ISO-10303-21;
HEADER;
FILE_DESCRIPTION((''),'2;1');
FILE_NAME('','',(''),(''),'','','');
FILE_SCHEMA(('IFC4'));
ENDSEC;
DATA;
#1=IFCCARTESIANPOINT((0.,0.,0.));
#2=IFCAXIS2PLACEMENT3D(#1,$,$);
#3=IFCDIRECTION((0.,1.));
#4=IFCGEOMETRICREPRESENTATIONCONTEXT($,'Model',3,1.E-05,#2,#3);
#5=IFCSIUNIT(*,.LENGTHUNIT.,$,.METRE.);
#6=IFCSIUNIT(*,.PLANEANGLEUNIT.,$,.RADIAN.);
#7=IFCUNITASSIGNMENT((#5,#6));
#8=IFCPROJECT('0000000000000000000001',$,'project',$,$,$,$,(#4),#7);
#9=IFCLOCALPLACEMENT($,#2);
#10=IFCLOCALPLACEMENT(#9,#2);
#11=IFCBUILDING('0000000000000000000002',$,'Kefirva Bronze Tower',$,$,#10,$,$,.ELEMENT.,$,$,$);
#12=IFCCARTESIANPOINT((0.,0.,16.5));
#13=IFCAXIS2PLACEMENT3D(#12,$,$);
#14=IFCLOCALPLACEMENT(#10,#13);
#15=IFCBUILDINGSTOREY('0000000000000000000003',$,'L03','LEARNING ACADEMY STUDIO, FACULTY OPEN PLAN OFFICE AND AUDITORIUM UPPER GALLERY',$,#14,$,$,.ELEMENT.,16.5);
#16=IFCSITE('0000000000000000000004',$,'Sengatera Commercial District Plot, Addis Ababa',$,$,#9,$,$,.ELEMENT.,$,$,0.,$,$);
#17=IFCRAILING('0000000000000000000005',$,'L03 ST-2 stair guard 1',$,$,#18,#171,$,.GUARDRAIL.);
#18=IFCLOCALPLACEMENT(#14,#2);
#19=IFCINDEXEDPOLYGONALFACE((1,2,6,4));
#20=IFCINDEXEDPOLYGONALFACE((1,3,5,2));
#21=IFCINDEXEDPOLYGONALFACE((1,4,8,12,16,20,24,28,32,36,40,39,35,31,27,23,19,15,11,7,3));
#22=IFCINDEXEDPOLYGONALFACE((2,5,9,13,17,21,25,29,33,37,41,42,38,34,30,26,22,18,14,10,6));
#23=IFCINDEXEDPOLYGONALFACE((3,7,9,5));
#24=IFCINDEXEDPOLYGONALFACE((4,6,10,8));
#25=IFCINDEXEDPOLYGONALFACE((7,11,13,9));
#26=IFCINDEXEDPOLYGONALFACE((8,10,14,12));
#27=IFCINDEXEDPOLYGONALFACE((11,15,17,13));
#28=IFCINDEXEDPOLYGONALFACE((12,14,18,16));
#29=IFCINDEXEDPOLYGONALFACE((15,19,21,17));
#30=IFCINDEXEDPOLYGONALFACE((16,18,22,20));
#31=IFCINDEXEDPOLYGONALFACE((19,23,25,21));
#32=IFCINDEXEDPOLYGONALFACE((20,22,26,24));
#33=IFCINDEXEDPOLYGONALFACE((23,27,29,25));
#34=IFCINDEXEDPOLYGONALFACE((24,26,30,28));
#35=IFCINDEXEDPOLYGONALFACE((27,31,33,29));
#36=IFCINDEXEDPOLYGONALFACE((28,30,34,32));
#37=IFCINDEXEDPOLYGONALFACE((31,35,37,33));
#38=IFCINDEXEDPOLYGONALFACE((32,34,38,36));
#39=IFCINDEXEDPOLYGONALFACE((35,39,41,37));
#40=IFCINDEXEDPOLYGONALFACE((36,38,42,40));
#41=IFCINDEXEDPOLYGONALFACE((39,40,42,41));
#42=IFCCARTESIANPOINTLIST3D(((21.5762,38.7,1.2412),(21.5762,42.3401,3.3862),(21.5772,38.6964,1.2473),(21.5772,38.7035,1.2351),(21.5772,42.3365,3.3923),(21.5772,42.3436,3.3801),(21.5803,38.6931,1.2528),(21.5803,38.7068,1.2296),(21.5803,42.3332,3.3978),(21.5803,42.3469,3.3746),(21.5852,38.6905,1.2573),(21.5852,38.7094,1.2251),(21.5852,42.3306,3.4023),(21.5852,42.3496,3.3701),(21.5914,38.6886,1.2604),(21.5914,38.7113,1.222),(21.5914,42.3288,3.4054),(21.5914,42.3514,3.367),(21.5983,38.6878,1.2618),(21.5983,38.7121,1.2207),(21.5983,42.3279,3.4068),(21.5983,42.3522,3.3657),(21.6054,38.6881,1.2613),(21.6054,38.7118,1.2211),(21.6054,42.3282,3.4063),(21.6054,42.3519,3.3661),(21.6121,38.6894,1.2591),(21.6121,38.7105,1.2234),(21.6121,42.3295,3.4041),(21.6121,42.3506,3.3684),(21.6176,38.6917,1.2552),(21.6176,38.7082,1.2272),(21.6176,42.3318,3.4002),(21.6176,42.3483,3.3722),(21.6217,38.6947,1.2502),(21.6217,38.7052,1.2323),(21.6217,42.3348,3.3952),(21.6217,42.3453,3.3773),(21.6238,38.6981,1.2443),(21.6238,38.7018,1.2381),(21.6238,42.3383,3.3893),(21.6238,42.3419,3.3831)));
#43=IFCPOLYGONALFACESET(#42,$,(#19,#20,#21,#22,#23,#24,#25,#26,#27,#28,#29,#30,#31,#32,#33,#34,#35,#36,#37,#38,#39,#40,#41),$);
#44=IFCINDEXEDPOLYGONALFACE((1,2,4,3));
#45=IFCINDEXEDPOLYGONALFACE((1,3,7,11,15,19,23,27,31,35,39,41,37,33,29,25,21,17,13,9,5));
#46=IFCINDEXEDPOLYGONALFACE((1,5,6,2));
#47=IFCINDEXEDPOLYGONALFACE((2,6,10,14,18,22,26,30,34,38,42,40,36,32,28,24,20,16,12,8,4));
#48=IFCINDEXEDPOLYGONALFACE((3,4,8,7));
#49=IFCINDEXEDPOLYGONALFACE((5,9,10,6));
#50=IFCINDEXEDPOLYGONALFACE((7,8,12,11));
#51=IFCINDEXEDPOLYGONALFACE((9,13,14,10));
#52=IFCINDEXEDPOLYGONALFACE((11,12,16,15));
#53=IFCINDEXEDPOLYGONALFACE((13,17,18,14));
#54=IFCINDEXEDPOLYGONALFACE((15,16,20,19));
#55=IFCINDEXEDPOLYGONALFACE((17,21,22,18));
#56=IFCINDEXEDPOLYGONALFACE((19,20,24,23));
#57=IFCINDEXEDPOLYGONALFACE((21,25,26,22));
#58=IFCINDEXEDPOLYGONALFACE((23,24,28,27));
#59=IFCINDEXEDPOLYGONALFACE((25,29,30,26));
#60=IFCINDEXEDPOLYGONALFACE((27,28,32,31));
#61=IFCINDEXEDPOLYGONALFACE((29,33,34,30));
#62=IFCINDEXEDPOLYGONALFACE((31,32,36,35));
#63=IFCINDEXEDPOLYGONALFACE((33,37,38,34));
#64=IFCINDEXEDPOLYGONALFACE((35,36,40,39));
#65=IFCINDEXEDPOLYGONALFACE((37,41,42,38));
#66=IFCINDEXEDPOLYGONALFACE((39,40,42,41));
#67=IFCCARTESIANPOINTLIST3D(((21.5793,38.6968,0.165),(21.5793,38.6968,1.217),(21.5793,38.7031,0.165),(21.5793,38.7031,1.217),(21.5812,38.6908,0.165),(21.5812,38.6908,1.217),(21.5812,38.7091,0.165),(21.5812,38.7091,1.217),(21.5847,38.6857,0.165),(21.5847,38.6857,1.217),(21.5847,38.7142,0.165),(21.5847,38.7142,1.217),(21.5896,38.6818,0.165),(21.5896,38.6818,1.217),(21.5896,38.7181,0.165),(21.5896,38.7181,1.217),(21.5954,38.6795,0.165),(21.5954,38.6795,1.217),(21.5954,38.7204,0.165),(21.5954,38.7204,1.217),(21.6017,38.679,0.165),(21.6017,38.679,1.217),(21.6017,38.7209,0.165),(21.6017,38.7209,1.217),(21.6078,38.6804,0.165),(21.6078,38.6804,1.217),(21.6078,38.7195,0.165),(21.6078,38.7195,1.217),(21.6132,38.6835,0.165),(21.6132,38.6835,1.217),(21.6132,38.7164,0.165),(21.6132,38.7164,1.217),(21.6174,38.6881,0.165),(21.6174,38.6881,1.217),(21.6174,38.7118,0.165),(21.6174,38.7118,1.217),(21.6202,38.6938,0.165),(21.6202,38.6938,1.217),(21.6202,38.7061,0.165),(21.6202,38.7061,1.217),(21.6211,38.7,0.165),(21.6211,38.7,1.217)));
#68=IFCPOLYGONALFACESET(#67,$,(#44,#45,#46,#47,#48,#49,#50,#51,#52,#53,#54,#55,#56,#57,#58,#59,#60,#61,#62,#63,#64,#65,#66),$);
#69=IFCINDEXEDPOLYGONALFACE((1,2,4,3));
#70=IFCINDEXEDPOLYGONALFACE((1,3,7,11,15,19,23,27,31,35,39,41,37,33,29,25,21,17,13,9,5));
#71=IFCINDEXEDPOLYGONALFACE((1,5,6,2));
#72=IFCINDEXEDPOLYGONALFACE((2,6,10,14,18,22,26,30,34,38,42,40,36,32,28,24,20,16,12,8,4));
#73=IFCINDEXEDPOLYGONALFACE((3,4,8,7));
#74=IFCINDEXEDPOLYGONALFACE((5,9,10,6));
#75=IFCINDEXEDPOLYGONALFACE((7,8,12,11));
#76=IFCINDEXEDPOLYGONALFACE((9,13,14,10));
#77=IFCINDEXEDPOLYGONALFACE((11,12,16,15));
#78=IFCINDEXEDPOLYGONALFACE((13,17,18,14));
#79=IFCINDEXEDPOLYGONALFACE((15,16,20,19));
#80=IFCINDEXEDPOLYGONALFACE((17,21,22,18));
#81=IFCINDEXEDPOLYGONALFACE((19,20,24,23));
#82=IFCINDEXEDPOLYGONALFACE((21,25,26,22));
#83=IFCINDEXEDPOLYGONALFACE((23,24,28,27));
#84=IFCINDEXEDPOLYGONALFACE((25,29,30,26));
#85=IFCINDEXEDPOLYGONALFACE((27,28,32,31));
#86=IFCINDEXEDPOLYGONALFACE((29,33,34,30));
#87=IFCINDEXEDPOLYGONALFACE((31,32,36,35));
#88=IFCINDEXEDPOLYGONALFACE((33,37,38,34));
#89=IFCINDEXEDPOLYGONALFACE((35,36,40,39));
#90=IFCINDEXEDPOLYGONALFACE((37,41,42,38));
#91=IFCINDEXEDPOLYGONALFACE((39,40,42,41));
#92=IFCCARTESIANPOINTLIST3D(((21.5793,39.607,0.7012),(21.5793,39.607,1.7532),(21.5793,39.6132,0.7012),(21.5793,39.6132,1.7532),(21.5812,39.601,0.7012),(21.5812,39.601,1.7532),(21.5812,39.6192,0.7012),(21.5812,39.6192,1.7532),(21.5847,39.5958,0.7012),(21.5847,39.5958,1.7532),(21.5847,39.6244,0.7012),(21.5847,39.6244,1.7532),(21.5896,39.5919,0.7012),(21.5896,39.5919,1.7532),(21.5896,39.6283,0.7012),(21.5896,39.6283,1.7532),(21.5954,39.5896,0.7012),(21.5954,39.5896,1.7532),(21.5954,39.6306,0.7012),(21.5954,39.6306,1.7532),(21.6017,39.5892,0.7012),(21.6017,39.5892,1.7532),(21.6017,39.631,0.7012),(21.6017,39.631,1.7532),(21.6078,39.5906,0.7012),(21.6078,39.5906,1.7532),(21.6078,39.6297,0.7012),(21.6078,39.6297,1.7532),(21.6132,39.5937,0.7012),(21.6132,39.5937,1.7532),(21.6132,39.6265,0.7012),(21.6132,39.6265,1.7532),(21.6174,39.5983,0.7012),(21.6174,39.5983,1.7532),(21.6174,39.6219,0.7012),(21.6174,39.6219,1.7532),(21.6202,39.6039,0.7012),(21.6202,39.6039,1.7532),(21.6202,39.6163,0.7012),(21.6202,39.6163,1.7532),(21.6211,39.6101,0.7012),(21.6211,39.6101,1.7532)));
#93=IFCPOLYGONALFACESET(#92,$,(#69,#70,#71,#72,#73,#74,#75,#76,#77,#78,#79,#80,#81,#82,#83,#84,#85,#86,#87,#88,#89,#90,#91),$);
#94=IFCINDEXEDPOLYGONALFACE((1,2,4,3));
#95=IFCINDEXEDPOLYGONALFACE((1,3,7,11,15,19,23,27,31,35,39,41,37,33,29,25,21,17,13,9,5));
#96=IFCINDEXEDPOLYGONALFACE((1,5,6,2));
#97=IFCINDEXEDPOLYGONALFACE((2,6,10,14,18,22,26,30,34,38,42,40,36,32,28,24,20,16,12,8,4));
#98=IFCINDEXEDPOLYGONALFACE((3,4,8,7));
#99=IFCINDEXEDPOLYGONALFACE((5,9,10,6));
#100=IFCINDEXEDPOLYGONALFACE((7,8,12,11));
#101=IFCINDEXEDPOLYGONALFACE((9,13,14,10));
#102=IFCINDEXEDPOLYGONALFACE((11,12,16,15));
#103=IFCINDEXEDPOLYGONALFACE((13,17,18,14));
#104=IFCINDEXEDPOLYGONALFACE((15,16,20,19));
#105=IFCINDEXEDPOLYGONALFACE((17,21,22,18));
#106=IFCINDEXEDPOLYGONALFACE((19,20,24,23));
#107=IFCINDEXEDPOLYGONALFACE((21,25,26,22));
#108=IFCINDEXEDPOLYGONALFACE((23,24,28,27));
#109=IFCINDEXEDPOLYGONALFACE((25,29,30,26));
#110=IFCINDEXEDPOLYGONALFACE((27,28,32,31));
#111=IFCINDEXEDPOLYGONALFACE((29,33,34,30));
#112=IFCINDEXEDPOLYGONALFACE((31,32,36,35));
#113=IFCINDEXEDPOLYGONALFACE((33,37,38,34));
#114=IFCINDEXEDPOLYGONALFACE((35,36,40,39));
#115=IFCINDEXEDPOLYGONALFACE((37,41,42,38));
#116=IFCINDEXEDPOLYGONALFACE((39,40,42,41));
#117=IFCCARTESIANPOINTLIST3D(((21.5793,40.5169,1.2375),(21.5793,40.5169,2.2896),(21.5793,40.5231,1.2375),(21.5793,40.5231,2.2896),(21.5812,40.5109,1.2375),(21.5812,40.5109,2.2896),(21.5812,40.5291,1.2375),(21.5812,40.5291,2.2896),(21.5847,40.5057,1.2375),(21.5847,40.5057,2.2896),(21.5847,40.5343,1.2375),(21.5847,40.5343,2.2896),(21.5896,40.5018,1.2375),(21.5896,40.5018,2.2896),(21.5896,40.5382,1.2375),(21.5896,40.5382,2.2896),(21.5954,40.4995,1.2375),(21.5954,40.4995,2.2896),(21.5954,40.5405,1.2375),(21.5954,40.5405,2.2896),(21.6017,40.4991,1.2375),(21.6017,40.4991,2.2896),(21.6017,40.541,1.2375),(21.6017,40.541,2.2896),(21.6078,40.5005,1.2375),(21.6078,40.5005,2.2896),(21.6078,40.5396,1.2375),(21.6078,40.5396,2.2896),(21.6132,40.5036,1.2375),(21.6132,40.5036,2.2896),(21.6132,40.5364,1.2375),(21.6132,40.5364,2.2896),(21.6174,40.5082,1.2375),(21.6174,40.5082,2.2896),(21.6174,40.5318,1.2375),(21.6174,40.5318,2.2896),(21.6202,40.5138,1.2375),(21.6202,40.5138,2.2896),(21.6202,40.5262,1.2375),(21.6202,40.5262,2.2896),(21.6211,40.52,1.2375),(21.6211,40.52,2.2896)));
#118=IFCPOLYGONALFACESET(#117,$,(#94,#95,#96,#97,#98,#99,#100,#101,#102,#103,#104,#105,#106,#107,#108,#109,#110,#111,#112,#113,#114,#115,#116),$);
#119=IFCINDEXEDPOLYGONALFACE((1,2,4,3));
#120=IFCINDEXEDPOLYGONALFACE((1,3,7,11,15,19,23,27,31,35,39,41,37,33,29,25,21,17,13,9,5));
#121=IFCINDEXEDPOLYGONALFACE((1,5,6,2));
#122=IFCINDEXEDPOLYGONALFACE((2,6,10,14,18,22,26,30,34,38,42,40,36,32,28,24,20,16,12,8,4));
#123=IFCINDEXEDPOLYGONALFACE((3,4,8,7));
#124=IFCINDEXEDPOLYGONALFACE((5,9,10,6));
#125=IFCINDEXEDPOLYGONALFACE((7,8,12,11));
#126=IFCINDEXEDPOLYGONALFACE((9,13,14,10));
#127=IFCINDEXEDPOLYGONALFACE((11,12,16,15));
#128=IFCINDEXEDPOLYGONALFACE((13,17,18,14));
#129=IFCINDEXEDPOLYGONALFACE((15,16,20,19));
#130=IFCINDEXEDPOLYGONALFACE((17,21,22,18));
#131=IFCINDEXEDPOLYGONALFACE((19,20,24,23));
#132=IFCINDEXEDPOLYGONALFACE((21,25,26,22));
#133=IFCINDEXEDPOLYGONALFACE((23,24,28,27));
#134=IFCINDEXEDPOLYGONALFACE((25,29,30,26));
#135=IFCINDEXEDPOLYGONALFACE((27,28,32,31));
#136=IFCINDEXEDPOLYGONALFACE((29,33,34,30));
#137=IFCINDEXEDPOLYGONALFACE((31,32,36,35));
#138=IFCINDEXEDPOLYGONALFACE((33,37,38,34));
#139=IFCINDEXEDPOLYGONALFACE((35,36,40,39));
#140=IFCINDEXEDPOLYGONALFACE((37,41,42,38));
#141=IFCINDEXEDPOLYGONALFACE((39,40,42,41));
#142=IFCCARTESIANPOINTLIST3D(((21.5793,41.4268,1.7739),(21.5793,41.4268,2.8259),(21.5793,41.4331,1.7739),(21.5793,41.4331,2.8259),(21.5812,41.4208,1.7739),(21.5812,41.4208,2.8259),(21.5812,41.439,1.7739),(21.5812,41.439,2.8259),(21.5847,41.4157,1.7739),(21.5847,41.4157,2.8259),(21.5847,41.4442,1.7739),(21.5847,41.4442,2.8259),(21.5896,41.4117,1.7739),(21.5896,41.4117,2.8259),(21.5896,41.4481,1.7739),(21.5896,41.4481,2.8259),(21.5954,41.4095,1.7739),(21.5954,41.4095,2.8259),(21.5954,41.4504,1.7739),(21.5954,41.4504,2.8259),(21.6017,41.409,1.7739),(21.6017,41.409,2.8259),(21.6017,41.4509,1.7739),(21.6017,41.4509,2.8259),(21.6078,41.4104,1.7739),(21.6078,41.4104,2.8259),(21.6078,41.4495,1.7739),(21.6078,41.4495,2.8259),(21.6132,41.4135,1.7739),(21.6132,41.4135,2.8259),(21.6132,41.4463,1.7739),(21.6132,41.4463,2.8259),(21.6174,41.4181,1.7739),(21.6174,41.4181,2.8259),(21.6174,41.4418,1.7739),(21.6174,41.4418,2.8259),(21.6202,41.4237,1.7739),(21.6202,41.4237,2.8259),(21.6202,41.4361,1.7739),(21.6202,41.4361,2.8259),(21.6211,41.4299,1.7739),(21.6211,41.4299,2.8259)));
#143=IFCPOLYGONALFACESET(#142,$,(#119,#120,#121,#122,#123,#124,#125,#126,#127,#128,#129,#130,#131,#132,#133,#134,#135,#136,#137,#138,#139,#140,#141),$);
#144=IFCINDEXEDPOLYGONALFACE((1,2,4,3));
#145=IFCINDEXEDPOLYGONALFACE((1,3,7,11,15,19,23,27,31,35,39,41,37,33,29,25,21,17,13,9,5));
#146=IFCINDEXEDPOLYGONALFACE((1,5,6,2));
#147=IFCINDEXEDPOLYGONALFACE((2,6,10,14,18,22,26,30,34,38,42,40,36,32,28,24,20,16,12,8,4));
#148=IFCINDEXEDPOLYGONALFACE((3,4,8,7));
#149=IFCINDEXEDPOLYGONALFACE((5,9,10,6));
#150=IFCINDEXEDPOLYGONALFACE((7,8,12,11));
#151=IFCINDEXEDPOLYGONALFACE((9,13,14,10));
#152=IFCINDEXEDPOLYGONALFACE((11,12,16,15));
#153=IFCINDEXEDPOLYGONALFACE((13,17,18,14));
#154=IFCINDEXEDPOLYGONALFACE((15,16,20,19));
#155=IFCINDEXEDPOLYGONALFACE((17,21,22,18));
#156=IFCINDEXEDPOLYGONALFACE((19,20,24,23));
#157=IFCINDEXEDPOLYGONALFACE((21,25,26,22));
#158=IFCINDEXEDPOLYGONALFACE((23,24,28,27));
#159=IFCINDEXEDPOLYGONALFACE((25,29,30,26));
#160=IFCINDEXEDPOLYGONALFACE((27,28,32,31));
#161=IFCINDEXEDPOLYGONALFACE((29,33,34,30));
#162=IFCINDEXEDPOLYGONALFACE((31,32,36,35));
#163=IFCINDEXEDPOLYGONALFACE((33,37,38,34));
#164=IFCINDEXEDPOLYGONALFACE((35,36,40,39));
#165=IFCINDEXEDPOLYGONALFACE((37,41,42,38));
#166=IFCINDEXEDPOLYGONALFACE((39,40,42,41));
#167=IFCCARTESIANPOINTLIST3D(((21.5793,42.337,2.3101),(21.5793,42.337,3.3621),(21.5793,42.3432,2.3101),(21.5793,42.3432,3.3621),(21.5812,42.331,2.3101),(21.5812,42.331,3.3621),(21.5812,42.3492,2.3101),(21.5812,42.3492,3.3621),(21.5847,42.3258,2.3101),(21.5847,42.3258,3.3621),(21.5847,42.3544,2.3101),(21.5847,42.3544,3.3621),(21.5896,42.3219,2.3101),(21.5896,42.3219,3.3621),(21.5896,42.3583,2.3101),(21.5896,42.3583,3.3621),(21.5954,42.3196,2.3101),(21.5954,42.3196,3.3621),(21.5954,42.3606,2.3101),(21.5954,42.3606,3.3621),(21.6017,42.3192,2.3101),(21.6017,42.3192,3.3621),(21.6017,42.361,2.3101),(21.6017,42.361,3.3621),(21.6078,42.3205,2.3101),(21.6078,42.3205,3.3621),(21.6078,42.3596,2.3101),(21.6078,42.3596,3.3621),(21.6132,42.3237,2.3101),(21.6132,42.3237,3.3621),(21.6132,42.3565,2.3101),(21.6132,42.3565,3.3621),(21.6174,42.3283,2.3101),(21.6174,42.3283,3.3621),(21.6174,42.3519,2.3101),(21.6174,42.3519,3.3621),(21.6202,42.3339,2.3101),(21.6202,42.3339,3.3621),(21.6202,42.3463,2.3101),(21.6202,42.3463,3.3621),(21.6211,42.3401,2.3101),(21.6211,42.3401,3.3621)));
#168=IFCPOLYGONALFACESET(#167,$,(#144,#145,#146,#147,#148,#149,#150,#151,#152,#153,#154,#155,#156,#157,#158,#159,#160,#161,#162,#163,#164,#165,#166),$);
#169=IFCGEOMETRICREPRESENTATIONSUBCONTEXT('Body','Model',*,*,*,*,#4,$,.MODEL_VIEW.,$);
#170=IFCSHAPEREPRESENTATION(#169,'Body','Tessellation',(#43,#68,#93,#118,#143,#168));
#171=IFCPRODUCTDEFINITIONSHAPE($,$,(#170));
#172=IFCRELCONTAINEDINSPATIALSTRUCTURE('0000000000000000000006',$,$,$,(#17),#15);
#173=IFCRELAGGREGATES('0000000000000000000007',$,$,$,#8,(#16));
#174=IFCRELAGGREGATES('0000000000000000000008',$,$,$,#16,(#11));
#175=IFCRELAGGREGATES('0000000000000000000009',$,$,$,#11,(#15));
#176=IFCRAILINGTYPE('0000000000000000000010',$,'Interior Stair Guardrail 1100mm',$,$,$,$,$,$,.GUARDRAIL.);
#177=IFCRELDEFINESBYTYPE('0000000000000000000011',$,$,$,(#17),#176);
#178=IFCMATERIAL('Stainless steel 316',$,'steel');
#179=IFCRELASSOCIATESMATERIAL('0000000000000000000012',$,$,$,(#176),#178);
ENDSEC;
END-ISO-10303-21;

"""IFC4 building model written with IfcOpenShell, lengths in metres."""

from ifc_helpers import new_model, si_unit, direction, frame, origin, origin_2d, place, context, subcontext, project, spatial, circle, extrude, material, type_object, element, save


model = new_model("IFC4")

# Units and contexts
model_context = context("Model", 3, precision=1e-05, world=origin(), true_north=direction((0.0, 1.0)))
body_context = subcontext(model_context, "Body", "Model", "MODEL_VIEW")
ifc_project = project(units=[si_unit("LENGTHUNIT", "METRE"), si_unit("PLANEANGLEUNIT", "RADIAN")], contexts=[model_context])

# Site, building, storey
site_placement = place(None, origin())
site = spatial("IfcSite", under=ifc_project, at=site_placement, Name="Sengatera Commercial District Plot, Addis Ababa", CompositionType="ELEMENT", RefElevation=0.0)
building_placement = place(site_placement, origin())
building = spatial("IfcBuilding", under=site, at=building_placement, Name="Kefirva Bronze Tower", CompositionType="ELEMENT")
storey_placement = place(building_placement, frame((0.0, 0.0, 16.5)))
storey = spatial("IfcBuildingStorey", under=building, at=storey_placement, Name="L03", Description="LEARNING ACADEMY STUDIO, FACULTY OPEN PLAN OFFICE AND AUDITORIUM UPPER GALLERY", CompositionType="ELEMENT", Elevation=16.5)

# Railing
ifc_material_1 = material(Name="Stainless steel 316", Category="steel")
railing_type_1 = type_object("IfcRailingType", Name="Interior Stair Guardrail 1100mm", PredefinedType="GUARDRAIL", material=ifc_material_1)
railing_1_placement = place(storey_placement, frame((21.6001, 38.7, 0.165)))
element("IfcRailing", 1, at=railing_1_placement, inside=storey, type_object=railing_type_1, Name="L03 ST-2 stair guard 1", PredefinedType="GUARDRAIL", context=body_context, shape_type="SweptSolid", body=[
    extrude(circle(Radius=0.0239, at=origin_2d()), frame((0.0, 0.0, 1.0762), z_axis=(0.0, 0.861545, 0.507682), x_axis=(-1.0, 0.0, 0.0)), (0.0, 0.0, 1.0), 4.2251),
    extrude(circle(Radius=0.021, at=origin_2d()), origin(), (0.0, 0.0, 1.0), 1.052),
    extrude(circle(Radius=0.021, at=origin_2d()), frame((0.0, 0.9102, 0.5361)), (0.0, 0.0, 1.0), 1.052),
    extrude(circle(Radius=0.021, at=origin_2d()), frame((0.0, 1.8201, 1.0725)), (0.0, 0.0, 1.0), 1.052),
    extrude(circle(Radius=0.021, at=origin_2d()), frame((0.0, 2.73, 1.6089)), (0.0, 0.0, 1.0), 1.052),
    extrude(circle(Radius=0.021, at=origin_2d()), frame((0.0, 3.6401, 2.145)), (0.0, 0.0, 1.0), 1.052),
])

save(model, "model.ifc")
